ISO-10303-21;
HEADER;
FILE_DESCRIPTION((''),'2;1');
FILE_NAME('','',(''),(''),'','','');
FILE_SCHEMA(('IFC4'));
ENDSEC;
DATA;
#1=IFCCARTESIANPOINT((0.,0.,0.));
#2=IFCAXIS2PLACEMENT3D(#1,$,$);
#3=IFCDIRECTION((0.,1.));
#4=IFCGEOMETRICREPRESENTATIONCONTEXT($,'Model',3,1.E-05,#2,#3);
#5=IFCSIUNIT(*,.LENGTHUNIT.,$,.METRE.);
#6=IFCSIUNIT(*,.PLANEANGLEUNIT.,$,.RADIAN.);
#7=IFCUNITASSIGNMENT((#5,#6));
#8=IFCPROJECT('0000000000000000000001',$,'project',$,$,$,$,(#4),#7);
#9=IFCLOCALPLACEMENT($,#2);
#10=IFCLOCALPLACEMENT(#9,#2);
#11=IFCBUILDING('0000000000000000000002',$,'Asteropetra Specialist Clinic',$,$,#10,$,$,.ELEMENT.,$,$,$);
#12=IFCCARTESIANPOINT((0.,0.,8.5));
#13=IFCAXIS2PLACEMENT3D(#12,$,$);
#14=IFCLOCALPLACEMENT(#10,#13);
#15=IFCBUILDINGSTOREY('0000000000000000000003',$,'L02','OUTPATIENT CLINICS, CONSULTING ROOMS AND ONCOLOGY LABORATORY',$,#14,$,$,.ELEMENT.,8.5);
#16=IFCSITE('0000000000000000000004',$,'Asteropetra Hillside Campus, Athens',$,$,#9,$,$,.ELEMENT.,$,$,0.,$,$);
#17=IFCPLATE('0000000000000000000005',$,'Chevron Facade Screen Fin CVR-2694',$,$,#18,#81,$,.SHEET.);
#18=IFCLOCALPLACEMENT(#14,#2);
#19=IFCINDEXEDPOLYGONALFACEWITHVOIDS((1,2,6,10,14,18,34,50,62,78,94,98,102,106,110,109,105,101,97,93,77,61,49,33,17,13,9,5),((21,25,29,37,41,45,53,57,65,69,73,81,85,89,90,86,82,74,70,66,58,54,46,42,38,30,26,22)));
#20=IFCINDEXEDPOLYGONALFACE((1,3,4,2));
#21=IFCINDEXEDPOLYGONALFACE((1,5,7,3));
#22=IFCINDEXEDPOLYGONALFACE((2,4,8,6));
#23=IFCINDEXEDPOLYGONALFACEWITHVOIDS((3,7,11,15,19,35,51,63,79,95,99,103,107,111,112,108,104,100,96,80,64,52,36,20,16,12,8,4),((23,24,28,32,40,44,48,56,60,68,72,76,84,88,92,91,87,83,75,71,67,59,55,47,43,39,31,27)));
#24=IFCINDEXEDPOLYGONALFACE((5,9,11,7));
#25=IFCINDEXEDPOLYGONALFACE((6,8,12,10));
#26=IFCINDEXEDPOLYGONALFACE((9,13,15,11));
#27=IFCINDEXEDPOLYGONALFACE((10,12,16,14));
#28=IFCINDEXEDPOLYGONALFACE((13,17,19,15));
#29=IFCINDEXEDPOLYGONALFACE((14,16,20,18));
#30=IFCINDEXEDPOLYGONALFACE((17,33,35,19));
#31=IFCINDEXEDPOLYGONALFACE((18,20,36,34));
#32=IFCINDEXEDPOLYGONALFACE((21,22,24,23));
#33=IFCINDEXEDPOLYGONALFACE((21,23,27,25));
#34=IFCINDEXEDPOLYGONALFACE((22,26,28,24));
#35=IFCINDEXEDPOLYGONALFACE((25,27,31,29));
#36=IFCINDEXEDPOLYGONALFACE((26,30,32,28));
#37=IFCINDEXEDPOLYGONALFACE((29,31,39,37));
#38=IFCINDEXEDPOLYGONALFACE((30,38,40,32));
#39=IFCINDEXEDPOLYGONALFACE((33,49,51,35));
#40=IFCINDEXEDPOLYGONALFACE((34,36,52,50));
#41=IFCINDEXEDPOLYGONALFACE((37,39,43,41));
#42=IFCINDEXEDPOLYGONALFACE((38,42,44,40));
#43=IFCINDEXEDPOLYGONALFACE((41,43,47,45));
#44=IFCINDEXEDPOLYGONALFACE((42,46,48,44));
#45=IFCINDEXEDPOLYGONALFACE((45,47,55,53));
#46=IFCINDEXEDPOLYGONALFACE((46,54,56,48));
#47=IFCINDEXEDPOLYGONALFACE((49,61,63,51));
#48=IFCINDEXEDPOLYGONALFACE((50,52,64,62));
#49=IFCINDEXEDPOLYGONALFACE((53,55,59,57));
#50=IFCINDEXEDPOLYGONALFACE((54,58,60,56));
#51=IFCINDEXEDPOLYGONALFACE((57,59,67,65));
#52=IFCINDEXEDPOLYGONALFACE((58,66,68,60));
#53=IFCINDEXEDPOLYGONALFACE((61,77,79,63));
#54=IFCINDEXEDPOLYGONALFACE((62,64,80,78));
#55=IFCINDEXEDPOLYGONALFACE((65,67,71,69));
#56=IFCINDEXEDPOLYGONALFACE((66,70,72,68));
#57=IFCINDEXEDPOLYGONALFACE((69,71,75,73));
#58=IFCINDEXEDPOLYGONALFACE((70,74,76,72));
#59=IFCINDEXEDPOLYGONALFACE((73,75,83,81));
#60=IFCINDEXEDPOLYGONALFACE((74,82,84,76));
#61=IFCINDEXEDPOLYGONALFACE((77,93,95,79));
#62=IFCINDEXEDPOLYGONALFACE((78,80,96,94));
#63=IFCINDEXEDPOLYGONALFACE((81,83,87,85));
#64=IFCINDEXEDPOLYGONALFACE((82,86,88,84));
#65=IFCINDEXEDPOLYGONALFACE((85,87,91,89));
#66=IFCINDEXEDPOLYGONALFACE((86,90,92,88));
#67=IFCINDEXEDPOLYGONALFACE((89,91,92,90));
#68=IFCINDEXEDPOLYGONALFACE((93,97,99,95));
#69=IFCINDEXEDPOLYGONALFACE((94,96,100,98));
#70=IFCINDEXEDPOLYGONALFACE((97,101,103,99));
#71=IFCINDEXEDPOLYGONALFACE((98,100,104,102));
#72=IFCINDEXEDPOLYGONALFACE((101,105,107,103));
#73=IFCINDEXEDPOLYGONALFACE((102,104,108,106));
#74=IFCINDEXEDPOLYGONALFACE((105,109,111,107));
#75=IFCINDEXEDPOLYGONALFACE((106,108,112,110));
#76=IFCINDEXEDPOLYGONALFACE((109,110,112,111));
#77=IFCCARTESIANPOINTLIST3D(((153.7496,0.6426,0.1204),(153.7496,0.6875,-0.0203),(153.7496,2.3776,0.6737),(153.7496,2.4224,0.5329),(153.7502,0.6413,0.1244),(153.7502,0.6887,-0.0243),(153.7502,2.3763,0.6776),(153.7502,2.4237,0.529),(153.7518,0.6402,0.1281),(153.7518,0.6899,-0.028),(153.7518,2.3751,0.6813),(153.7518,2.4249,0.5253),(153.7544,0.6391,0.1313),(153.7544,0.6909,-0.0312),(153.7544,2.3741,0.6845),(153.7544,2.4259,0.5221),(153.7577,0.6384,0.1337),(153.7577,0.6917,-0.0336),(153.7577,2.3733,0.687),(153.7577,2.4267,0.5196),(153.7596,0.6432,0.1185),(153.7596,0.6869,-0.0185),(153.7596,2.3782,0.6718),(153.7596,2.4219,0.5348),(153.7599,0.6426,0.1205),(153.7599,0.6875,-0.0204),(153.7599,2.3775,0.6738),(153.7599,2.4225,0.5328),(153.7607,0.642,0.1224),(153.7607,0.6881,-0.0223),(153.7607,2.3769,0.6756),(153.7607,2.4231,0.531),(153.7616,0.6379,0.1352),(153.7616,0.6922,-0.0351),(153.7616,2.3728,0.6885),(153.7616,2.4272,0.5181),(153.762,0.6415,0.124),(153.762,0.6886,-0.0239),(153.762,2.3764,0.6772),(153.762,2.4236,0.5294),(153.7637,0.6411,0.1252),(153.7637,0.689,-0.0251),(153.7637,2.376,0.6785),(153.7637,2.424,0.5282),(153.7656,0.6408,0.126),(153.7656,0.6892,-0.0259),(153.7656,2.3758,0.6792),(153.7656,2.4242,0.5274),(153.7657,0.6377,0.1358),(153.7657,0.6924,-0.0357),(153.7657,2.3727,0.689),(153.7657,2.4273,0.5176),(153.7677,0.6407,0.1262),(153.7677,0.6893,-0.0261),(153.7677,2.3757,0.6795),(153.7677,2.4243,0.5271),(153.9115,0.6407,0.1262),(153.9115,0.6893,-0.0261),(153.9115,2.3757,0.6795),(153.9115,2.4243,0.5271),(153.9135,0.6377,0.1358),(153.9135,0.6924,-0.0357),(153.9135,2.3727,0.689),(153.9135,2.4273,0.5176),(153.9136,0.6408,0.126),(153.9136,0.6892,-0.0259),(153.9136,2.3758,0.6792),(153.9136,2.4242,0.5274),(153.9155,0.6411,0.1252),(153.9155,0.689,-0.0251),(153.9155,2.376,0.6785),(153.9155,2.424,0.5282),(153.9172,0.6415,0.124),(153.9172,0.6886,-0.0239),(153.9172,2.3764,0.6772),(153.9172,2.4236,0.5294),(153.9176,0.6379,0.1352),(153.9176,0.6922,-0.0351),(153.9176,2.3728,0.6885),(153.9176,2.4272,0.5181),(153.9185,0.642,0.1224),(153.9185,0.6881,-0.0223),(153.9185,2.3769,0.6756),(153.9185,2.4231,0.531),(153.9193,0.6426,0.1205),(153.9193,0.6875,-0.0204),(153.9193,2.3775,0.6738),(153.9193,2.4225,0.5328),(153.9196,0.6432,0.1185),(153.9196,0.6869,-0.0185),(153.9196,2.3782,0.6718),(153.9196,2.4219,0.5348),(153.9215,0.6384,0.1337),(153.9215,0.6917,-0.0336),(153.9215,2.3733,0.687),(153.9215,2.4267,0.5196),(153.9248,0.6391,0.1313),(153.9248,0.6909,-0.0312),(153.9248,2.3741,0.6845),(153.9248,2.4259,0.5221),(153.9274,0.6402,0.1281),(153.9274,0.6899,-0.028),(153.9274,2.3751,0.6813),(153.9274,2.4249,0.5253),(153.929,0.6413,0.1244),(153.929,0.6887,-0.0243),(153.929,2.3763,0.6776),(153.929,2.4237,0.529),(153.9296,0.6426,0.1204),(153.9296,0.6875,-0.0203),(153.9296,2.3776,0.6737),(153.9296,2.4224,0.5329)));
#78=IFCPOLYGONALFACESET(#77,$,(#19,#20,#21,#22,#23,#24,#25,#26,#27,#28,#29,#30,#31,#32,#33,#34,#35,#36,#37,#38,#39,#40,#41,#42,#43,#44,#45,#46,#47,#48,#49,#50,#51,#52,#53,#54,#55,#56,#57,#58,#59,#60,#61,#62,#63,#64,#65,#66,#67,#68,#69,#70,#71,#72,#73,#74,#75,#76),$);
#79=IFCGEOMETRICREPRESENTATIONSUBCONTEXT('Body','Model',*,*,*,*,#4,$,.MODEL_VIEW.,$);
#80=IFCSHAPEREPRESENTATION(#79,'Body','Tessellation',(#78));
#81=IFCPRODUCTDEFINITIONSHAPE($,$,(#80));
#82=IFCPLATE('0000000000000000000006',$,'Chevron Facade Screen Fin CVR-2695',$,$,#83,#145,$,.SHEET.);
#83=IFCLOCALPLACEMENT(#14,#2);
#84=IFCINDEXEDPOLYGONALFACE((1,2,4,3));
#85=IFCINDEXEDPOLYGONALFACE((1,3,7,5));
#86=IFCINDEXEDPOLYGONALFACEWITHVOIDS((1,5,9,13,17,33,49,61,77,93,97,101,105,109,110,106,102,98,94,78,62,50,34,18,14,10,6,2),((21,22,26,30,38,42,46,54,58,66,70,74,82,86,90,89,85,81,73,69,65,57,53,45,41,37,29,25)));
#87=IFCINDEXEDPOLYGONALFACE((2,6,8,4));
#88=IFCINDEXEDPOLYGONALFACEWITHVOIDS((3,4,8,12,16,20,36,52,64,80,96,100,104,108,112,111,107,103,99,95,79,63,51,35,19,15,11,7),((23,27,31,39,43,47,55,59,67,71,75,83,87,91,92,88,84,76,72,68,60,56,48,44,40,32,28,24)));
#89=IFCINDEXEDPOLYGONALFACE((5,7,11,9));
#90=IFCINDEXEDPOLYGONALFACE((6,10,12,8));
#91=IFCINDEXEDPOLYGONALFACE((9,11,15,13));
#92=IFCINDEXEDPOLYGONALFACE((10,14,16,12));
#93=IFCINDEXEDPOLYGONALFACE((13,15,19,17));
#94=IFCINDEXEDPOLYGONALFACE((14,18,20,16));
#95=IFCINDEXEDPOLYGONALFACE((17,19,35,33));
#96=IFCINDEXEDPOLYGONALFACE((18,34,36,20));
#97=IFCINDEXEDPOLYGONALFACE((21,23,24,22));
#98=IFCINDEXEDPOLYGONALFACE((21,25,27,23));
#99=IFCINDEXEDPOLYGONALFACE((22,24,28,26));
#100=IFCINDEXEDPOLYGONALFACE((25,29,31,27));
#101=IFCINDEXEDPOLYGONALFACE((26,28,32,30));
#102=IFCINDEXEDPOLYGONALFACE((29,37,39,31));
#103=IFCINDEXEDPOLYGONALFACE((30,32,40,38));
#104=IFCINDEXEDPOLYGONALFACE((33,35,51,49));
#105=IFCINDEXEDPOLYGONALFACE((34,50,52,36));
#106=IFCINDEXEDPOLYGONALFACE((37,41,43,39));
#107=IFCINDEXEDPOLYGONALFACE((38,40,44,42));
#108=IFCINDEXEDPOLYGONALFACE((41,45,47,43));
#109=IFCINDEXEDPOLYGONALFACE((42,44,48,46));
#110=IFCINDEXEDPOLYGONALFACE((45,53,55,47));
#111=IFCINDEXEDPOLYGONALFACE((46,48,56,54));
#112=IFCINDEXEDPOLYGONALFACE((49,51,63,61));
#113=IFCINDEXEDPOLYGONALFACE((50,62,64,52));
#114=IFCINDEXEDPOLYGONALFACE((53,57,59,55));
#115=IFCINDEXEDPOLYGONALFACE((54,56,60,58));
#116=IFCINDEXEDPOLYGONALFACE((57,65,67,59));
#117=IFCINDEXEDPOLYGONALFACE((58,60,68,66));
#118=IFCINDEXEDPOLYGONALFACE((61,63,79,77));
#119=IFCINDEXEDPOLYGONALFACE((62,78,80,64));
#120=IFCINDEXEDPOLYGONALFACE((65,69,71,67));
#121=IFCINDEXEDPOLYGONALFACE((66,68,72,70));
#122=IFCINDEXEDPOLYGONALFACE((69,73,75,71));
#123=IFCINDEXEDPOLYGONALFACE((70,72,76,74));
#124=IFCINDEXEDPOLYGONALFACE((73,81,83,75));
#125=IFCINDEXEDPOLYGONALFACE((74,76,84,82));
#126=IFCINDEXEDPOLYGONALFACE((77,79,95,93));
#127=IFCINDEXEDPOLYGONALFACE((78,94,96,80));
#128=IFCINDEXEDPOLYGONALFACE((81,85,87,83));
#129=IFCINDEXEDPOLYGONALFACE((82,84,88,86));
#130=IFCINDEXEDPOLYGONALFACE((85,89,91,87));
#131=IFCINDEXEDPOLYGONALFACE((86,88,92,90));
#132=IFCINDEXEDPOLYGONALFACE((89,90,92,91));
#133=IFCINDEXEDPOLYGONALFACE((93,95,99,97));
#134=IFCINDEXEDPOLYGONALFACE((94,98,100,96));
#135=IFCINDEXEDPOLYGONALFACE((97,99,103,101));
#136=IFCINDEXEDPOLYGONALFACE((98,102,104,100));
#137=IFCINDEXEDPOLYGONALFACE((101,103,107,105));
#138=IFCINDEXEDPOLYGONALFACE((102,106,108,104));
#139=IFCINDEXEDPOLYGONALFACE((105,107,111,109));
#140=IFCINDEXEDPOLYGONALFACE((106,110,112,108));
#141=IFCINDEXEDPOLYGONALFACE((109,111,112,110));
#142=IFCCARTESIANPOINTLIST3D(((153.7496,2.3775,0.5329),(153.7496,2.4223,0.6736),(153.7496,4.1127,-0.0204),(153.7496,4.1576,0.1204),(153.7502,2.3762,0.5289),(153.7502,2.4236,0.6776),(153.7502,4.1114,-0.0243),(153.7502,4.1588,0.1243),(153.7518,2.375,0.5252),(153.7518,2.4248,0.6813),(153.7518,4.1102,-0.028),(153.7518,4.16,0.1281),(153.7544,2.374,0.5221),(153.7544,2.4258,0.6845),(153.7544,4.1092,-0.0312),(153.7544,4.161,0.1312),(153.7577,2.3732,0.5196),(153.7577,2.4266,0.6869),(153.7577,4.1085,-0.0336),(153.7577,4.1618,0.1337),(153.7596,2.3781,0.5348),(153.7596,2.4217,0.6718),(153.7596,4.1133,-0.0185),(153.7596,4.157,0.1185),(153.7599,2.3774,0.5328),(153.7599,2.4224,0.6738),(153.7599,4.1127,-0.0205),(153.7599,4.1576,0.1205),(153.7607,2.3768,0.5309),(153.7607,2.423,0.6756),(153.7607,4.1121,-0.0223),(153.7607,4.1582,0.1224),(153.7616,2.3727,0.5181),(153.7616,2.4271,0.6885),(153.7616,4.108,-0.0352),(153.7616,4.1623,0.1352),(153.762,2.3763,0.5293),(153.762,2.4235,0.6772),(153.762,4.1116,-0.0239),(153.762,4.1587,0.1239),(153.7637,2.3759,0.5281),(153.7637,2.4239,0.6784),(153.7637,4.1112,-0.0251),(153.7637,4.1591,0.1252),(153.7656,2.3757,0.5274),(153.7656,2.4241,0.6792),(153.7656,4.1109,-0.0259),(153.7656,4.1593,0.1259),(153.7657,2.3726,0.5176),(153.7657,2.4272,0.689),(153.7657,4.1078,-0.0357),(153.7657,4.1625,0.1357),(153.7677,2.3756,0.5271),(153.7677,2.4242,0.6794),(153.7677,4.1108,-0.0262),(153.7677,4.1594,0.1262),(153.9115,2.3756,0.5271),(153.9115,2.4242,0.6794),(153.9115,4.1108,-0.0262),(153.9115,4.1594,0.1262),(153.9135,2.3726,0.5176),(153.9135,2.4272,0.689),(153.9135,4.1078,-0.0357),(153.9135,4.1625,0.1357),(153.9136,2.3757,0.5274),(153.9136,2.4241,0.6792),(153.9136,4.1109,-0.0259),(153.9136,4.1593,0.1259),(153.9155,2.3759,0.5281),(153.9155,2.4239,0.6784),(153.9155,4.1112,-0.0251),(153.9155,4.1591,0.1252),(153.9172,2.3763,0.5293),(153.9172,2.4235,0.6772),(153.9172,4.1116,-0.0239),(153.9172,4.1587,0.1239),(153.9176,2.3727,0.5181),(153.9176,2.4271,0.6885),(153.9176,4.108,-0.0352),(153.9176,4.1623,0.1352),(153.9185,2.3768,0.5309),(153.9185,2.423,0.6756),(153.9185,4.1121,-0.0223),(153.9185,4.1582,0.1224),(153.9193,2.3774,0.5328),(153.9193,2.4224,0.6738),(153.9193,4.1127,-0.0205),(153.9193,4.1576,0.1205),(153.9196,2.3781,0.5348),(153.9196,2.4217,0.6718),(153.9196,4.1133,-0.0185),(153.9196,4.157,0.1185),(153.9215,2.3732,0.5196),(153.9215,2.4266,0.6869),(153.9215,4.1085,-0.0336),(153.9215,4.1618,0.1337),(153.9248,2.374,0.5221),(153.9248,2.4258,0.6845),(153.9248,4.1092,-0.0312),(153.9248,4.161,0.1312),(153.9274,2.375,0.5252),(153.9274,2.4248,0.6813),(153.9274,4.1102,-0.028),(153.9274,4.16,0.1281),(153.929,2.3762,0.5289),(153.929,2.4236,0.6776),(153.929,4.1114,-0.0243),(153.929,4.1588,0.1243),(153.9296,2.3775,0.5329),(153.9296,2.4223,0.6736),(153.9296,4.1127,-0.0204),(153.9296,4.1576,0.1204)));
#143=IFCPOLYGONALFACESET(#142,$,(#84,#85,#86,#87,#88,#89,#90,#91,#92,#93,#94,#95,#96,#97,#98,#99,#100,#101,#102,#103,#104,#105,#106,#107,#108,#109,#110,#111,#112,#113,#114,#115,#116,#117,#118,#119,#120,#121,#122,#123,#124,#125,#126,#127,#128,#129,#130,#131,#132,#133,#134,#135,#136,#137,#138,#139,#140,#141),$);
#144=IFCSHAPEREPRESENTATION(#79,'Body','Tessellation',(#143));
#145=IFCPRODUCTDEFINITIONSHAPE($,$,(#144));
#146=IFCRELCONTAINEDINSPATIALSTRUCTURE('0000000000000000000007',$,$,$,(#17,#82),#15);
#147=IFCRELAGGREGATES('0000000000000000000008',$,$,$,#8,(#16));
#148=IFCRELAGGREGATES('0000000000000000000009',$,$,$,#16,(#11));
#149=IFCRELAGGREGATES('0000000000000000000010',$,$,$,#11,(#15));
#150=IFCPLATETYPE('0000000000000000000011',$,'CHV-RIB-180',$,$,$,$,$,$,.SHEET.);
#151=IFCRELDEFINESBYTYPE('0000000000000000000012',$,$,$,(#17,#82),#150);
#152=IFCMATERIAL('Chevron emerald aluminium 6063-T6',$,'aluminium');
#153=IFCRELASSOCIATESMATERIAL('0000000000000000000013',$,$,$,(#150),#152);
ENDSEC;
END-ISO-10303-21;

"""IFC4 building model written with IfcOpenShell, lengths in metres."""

from ifc_helpers import new_model, si_unit, direction, frame, origin, origin_2d, place, context, subcontext, project, spatial, hollow_rectangle, extrude, material, material_profile, profile_set, type_object, element, save


model = new_model("IFC4")

# Units and contexts
model_context = context("Model", 3, precision=1e-05, world=origin(), true_north=direction((0.0, 1.0)))
body_context = subcontext(model_context, "Body", "Model", "MODEL_VIEW")
ifc_project = project(units=[si_unit("LENGTHUNIT", "METRE"), si_unit("PLANEANGLEUNIT", "RADIAN")], contexts=[model_context])

# Site, building, storey
site_placement = place(None, origin())
site = spatial("IfcSite", under=ifc_project, at=site_placement, Name="Asteropetra Hillside Campus, Athens", CompositionType="ELEMENT", RefElevation=0.0)
building_placement = place(site_placement, origin())
building = spatial("IfcBuilding", under=site, at=building_placement, Name="Asteropetra Specialist Clinic", CompositionType="ELEMENT")
storey_placement = place(building_placement, frame((0.0, 0.0, 8.5)))
storey = spatial("IfcBuildingStorey", under=building, at=storey_placement, Name="L02", Description="OUTPATIENT CLINICS, CONSULTING ROOMS AND ONCOLOGY LABORATORY", CompositionType="ELEMENT", Elevation=8.5)

# Plates
ifc_material_1 = material(Name="Chevron emerald aluminium 6063-T6", Category="aluminium")
ifc_material_profile_1 = material_profile(ifc_material_1, hollow_rectangle(XDim=0.1799, YDim=0.1799, WallThickness=0.01, InnerFilletRadius=0.0081, OuterFilletRadius=0.0161, at=origin_2d()), Name="SHS 180x180x10.0")
ifc_profile_set_1 = profile_set([ifc_material_profile_1], Name="Chevron emerald aluminium 6063-T6")
plate_type = type_object("IfcPlateType", Name="CHV-RIB-180", PredefinedType="SHEET", material=ifc_profile_set_1)
plate_1_placement = place(storey_placement, frame((153.8396, 0.665, 0.05), z_axis=(0.0, 0.952732, 0.303812), x_axis=(-1.0, 0.0, 0.0)))
element("IfcPlate", 1, at=plate_1_placement, inside=storey, type_object=plate_type, Name="Chevron Facade Screen Fin CVR-2694", PredefinedType="SHEET", context=body_context, shape_type="SweptSolid", body=[
    extrude(hollow_rectangle(XDim=0.1799, YDim=0.1799, WallThickness=0.01, InnerFilletRadius=0.0081, OuterFilletRadius=0.0161, at=origin_2d()), origin(), (0.0, 0.0, 1.0), 1.821),
])
plate_2_placement = place(storey_placement, frame((153.8396, 2.3999, 0.6033), z_axis=(0.0, 0.952744, -0.303774), x_axis=(-1.0, 0.0, 0.0)))
element("IfcPlate", 2, at=plate_2_placement, inside=storey, type_object=plate_type, Name="Chevron Facade Screen Fin CVR-2695", PredefinedType="SHEET", context=body_context, shape_type="SweptSolid", body=[
    extrude(hollow_rectangle(XDim=0.1799, YDim=0.1799, WallThickness=0.01, InnerFilletRadius=0.0081, OuterFilletRadius=0.0161, at=origin_2d()), origin(), (0.0, 0.0, 1.0), 1.8213),
])

save(model, "model.ifc")
